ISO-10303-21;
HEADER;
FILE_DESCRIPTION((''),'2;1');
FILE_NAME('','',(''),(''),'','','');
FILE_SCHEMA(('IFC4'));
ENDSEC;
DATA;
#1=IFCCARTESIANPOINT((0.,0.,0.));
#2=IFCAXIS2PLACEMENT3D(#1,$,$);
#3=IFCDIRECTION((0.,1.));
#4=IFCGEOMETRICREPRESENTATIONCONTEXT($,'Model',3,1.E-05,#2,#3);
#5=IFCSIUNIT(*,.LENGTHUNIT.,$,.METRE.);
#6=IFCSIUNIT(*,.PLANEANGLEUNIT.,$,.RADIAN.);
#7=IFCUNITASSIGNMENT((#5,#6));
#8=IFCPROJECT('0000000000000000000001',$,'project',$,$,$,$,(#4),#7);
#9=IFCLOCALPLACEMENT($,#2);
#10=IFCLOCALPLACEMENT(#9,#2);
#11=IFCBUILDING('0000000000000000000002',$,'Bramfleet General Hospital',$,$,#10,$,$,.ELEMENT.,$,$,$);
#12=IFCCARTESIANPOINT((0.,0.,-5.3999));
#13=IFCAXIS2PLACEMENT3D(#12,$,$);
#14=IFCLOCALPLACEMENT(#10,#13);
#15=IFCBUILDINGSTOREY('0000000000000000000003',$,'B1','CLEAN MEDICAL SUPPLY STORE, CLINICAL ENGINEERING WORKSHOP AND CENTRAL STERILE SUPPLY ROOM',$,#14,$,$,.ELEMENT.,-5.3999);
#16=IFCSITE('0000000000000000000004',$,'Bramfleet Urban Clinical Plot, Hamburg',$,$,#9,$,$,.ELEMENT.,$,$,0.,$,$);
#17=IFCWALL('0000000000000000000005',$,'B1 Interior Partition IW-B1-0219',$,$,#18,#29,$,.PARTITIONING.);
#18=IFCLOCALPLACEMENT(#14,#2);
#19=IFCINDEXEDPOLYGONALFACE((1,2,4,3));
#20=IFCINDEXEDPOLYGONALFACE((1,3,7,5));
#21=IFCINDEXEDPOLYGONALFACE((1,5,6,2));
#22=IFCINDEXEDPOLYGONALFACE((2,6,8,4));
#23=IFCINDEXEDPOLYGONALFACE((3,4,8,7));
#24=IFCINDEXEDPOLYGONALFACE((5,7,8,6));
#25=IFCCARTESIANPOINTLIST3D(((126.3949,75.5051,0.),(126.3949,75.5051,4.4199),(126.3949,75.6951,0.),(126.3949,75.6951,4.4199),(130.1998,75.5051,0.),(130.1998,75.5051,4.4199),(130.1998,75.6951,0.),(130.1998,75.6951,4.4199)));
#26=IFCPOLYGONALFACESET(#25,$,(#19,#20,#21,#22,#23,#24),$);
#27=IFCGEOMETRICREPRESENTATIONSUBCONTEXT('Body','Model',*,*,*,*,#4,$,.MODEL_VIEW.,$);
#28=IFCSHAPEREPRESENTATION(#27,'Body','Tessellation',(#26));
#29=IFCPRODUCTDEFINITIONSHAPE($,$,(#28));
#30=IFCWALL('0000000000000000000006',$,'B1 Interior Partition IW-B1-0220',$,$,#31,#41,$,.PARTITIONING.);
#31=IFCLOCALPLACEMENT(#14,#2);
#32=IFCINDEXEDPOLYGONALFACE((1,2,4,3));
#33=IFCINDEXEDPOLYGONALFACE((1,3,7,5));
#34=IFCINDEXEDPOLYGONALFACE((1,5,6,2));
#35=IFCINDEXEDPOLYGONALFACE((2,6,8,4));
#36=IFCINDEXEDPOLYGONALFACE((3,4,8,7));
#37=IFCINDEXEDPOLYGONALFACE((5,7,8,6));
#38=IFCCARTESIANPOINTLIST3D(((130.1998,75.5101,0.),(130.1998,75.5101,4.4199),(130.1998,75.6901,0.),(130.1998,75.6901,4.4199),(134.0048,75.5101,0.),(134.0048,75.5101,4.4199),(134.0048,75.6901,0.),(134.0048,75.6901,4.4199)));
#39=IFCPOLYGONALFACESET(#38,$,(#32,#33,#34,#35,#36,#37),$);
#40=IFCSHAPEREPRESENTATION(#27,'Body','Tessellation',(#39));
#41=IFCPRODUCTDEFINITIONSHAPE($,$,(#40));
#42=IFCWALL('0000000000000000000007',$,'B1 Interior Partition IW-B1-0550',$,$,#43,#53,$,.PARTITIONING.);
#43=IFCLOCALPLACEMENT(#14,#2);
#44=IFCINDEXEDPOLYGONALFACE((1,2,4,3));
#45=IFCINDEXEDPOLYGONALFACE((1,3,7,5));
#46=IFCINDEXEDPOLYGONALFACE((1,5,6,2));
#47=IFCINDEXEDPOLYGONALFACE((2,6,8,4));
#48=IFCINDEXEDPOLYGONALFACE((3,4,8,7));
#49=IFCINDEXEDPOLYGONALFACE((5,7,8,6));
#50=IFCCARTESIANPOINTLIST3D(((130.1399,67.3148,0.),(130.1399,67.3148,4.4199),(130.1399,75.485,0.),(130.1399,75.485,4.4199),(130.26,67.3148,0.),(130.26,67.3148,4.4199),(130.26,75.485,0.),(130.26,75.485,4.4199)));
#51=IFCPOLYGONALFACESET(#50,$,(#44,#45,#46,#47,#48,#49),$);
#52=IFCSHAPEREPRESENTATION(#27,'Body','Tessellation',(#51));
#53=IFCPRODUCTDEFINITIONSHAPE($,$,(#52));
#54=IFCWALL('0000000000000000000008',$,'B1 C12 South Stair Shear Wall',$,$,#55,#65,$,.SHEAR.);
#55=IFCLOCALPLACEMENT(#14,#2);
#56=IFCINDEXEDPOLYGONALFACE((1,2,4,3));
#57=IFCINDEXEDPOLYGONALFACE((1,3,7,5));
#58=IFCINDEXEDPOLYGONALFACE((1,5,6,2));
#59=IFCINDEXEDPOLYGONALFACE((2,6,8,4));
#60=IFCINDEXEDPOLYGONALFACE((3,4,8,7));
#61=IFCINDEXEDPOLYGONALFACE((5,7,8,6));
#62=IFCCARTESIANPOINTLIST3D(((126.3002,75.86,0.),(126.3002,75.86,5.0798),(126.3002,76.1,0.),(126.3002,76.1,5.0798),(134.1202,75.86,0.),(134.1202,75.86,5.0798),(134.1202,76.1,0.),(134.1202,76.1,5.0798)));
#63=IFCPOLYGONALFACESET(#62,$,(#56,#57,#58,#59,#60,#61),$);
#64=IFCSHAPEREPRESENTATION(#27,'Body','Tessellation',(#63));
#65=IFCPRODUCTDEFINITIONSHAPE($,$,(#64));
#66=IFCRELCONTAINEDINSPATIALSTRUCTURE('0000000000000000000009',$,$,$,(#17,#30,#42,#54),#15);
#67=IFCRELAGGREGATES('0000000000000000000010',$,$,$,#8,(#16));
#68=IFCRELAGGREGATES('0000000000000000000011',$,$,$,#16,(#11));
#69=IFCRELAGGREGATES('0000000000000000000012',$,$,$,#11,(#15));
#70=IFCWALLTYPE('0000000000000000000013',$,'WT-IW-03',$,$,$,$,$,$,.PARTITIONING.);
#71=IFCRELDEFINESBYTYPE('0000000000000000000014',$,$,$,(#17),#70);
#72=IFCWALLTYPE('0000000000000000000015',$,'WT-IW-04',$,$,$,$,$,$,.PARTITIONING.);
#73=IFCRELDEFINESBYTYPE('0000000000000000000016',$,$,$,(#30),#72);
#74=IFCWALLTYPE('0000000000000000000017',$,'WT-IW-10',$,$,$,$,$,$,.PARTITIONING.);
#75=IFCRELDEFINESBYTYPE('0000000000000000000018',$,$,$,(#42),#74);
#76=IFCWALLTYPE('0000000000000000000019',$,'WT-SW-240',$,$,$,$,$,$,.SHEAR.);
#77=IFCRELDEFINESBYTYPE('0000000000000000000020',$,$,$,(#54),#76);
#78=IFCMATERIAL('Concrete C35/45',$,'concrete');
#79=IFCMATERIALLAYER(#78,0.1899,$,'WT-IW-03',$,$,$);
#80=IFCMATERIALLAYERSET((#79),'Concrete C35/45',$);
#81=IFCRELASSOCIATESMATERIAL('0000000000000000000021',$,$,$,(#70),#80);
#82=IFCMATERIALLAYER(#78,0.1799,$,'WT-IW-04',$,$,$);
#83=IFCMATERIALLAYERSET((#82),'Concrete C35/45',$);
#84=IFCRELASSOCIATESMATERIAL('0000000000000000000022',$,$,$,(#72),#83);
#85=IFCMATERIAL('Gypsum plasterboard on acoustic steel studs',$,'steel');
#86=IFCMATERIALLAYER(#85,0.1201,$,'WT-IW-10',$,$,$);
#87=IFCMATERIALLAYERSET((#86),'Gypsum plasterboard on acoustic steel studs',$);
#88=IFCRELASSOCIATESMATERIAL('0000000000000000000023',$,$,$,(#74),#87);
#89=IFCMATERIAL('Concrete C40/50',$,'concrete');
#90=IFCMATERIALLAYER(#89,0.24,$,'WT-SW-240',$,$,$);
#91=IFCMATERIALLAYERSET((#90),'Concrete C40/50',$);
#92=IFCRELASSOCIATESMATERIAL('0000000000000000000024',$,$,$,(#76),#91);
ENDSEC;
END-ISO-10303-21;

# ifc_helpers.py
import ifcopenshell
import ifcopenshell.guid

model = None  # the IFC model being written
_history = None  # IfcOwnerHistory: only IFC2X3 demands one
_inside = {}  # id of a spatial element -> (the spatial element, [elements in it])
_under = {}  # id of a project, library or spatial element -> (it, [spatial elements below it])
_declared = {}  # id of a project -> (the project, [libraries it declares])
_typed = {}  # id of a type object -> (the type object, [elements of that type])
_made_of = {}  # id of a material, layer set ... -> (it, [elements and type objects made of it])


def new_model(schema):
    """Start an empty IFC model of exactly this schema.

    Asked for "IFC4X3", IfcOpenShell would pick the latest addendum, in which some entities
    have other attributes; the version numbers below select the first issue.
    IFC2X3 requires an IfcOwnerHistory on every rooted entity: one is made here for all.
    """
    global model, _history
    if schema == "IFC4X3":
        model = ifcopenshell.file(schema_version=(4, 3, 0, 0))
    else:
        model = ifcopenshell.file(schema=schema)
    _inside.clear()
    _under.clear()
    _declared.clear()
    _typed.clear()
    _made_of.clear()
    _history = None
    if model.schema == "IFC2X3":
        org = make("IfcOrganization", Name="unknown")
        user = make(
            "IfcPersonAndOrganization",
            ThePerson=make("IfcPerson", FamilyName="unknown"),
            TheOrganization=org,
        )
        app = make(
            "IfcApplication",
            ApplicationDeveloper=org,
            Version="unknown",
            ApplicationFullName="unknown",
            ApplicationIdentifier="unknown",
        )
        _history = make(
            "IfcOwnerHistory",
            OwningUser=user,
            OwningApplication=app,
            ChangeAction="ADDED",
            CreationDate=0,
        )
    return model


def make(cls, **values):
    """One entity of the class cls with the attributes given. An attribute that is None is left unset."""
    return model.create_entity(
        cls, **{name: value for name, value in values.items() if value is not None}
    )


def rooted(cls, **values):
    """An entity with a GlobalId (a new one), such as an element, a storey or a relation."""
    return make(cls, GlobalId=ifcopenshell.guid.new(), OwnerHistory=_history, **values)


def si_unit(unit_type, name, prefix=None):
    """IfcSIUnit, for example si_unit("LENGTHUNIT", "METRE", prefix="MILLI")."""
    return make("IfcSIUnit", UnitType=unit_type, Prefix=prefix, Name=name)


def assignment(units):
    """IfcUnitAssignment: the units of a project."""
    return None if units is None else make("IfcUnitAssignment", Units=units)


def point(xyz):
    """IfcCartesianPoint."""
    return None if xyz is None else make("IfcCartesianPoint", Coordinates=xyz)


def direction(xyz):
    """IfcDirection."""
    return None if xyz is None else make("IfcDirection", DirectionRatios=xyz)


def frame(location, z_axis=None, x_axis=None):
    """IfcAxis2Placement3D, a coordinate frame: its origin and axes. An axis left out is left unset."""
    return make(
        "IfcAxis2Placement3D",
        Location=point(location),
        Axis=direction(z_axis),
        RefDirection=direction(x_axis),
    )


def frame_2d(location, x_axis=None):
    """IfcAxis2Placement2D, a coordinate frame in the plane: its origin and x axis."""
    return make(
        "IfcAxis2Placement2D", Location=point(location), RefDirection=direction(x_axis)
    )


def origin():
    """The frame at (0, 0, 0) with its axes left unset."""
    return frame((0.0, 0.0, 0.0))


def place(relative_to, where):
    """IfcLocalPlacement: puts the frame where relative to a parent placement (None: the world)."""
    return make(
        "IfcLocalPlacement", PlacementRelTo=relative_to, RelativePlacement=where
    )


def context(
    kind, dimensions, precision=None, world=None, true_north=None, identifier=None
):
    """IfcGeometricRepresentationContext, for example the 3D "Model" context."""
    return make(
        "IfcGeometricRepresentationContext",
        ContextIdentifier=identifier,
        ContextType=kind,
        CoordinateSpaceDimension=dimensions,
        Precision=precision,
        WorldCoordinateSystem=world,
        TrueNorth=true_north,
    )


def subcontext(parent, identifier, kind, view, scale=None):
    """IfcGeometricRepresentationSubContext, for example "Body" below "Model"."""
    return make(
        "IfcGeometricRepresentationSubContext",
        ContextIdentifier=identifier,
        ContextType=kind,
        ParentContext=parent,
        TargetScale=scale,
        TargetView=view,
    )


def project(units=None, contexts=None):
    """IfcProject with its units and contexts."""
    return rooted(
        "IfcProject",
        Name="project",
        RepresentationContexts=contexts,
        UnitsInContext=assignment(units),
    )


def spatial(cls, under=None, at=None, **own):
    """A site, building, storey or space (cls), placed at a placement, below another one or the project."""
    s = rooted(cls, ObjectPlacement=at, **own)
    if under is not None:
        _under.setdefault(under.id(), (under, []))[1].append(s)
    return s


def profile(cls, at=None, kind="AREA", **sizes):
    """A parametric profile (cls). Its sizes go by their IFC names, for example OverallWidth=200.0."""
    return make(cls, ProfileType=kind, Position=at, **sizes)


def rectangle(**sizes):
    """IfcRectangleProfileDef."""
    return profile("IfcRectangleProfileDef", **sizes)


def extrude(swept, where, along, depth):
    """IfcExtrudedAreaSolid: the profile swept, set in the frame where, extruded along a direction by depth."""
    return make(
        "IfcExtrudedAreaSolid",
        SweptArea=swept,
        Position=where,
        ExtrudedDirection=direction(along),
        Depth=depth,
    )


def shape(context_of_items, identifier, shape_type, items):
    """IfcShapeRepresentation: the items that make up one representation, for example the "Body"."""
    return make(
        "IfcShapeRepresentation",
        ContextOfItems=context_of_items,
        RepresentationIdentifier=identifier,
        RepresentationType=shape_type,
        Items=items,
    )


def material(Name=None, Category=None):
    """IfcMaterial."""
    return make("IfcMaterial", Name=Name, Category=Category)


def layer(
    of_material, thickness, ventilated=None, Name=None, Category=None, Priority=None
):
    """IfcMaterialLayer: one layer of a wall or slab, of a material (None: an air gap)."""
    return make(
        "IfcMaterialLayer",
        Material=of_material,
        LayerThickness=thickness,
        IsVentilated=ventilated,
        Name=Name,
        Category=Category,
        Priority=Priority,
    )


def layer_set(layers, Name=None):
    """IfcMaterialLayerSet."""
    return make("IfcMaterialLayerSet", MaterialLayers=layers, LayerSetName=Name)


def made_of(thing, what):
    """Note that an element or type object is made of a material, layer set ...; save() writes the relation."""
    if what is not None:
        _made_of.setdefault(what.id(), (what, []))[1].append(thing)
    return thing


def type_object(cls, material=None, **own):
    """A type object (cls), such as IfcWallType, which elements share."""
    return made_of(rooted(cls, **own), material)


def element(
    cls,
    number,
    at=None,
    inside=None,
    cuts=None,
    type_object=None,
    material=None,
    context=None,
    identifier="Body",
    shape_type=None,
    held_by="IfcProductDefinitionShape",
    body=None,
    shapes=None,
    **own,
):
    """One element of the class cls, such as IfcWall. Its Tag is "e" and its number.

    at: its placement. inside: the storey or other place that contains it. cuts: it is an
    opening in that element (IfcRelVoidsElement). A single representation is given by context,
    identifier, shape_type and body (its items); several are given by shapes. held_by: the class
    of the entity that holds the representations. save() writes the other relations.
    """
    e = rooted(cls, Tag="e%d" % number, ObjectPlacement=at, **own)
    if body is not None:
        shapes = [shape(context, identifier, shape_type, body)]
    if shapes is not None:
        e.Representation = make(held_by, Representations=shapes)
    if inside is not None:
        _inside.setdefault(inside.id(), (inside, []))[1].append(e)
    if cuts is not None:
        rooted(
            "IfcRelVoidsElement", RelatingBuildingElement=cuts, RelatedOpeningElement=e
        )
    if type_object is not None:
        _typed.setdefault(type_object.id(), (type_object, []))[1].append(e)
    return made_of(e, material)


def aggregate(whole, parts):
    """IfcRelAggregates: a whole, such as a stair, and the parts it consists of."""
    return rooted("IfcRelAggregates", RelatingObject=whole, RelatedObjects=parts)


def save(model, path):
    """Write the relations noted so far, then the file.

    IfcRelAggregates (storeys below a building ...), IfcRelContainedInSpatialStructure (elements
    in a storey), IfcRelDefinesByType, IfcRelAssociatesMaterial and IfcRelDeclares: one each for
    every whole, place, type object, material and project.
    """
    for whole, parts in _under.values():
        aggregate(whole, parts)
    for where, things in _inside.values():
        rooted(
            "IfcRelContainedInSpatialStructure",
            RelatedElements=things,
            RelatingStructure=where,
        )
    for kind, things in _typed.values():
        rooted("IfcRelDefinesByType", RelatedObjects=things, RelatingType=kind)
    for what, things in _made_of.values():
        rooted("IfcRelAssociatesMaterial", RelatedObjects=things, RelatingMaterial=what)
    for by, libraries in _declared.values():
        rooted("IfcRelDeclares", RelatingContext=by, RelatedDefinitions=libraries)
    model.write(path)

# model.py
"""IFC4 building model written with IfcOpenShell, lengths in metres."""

from ifc_helpers import new_model, si_unit, direction, frame, frame_2d, origin, place, context, subcontext, project, spatial, rectangle, extrude, material, layer, layer_set, type_object, element, save


model = new_model("IFC4")

# Units and contexts
model_context = context("Model", 3, precision=1e-05, world=origin(), true_north=direction((0.0, 1.0)))
body_context = subcontext(model_context, "Body", "Model", "MODEL_VIEW")
ifc_project = project(units=[si_unit("LENGTHUNIT", "METRE"), si_unit("PLANEANGLEUNIT", "RADIAN")], contexts=[model_context])

# Site, building, storey
site_placement = place(None, origin())
site = spatial("IfcSite", under=ifc_project, at=site_placement, Name="Bramfleet Urban Clinical Plot, Hamburg", CompositionType="ELEMENT", RefElevation=0.0)
building_placement = place(site_placement, origin())
building = spatial("IfcBuilding", under=site, at=building_placement, Name="Bramfleet General Hospital", CompositionType="ELEMENT")
storey_placement = place(building_placement, frame((0.0, 0.0, -5.3999)))
storey = spatial("IfcBuildingStorey", under=building, at=storey_placement, Name="B1", Description="CLEAN MEDICAL SUPPLY STORE, CLINICAL ENGINEERING WORKSHOP AND CENTRAL STERILE SUPPLY ROOM", CompositionType="ELEMENT", Elevation=-5.3999)

# Shared definitions
ifc_material_1 = material(Name="Concrete C35/45", Category="concrete")

# Shared definitions
ifc_material_2 = material(Name="Concrete C40/50", Category="concrete")

# Walls
ifc_layer_1 = layer(ifc_material_1, 0.1899, Name="WT-IW-03")
ifc_layer_set_1 = layer_set([ifc_layer_1], Name="Concrete C35/45")
wall_type_1 = type_object("IfcWallType", Name="WT-IW-03", PredefinedType="PARTITIONING", material=ifc_layer_set_1)
wall_1_placement = place(storey_placement, frame((126.395, 75.6001, 0.0), z_axis=(0.0, 0.0, 1.0), x_axis=(1.0, 0.0, 0.0)))
element("IfcWall", 1, at=wall_1_placement, inside=storey, type_object=wall_type_1, Name="B1 Interior Partition IW-B1-0219", PredefinedType="PARTITIONING", context=body_context, shape_type="SweptSolid", body=[
    extrude(rectangle(XDim=3.8049, YDim=0.1899, at=frame_2d((1.9023, 0.0))), origin(), (0.0, 0.0, 1.0), 4.4199),
])
ifc_layer_2 = layer(ifc_material_1, 0.1799, Name="WT-IW-04")
ifc_layer_set_2 = layer_set([ifc_layer_2], Name="Concrete C35/45")
wall_type_2 = type_object("IfcWallType", Name="WT-IW-04", PredefinedType="PARTITIONING", material=ifc_layer_set_2)
wall_2_placement = place(storey_placement, frame((130.2, 75.6001, 0.0), z_axis=(0.0, 0.0, 1.0), x_axis=(1.0, 0.0, 0.0)))
element("IfcWall", 2, at=wall_2_placement, inside=storey, type_object=wall_type_2, Name="B1 Interior Partition IW-B1-0220", PredefinedType="PARTITIONING", context=body_context, shape_type="SweptSolid", body=[
    extrude(rectangle(XDim=3.8049, YDim=0.1799, at=frame_2d((1.9023, 0.0))), origin(), (0.0, 0.0, 1.0), 4.4199),
])
ifc_material_3 = material(Name="Gypsum plasterboard on acoustic steel studs", Category="steel")
ifc_layer_3 = layer(ifc_material_3, 0.1201, Name="WT-IW-10")
ifc_layer_set_3 = layer_set([ifc_layer_3], Name="Gypsum plasterboard on acoustic steel studs")
wall_type_3 = type_object("IfcWallType", Name="WT-IW-10", PredefinedType="PARTITIONING", material=ifc_layer_set_3)
wall_3_placement = place(storey_placement, frame((130.2, 67.3149, 0.0), z_axis=(0.0, 0.0, 1.0), x_axis=(0.0, 1.0, 0.0)))
element("IfcWall", 3, at=wall_3_placement, inside=storey, type_object=wall_type_3, Name="B1 Interior Partition IW-B1-0550", PredefinedType="PARTITIONING", context=body_context, shape_type="SweptSolid", body=[
    extrude(rectangle(XDim=8.1702, YDim=0.1201, at=frame_2d((4.085, 0.0))), origin(), (0.0, 0.0, 1.0), 4.4199),
])
ifc_layer_4 = layer(ifc_material_2, 0.24, Name="WT-SW-240")
ifc_layer_set_4 = layer_set([ifc_layer_4], Name="Concrete C40/50")
wall_type_4 = type_object("IfcWallType", Name="WT-SW-240", PredefinedType="SHEAR", material=ifc_layer_set_4)
wall_4_placement = place(storey_placement, frame((126.3, 75.98, 0.0), z_axis=(0.0, 0.0, 1.0), x_axis=(1.0, 0.0, 0.0)))
element("IfcWall", 4, at=wall_4_placement, inside=storey, type_object=wall_type_4, Name="B1 C12 South Stair Shear Wall", PredefinedType="SHEAR", context=body_context, shape_type="SweptSolid", body=[
    extrude(rectangle(XDim=7.8201, YDim=0.24, at=frame_2d((3.9102, 0.0))), origin(), (0.0, 0.0, 1.0), 5.0798),
])

save(model, "model.ifc")
